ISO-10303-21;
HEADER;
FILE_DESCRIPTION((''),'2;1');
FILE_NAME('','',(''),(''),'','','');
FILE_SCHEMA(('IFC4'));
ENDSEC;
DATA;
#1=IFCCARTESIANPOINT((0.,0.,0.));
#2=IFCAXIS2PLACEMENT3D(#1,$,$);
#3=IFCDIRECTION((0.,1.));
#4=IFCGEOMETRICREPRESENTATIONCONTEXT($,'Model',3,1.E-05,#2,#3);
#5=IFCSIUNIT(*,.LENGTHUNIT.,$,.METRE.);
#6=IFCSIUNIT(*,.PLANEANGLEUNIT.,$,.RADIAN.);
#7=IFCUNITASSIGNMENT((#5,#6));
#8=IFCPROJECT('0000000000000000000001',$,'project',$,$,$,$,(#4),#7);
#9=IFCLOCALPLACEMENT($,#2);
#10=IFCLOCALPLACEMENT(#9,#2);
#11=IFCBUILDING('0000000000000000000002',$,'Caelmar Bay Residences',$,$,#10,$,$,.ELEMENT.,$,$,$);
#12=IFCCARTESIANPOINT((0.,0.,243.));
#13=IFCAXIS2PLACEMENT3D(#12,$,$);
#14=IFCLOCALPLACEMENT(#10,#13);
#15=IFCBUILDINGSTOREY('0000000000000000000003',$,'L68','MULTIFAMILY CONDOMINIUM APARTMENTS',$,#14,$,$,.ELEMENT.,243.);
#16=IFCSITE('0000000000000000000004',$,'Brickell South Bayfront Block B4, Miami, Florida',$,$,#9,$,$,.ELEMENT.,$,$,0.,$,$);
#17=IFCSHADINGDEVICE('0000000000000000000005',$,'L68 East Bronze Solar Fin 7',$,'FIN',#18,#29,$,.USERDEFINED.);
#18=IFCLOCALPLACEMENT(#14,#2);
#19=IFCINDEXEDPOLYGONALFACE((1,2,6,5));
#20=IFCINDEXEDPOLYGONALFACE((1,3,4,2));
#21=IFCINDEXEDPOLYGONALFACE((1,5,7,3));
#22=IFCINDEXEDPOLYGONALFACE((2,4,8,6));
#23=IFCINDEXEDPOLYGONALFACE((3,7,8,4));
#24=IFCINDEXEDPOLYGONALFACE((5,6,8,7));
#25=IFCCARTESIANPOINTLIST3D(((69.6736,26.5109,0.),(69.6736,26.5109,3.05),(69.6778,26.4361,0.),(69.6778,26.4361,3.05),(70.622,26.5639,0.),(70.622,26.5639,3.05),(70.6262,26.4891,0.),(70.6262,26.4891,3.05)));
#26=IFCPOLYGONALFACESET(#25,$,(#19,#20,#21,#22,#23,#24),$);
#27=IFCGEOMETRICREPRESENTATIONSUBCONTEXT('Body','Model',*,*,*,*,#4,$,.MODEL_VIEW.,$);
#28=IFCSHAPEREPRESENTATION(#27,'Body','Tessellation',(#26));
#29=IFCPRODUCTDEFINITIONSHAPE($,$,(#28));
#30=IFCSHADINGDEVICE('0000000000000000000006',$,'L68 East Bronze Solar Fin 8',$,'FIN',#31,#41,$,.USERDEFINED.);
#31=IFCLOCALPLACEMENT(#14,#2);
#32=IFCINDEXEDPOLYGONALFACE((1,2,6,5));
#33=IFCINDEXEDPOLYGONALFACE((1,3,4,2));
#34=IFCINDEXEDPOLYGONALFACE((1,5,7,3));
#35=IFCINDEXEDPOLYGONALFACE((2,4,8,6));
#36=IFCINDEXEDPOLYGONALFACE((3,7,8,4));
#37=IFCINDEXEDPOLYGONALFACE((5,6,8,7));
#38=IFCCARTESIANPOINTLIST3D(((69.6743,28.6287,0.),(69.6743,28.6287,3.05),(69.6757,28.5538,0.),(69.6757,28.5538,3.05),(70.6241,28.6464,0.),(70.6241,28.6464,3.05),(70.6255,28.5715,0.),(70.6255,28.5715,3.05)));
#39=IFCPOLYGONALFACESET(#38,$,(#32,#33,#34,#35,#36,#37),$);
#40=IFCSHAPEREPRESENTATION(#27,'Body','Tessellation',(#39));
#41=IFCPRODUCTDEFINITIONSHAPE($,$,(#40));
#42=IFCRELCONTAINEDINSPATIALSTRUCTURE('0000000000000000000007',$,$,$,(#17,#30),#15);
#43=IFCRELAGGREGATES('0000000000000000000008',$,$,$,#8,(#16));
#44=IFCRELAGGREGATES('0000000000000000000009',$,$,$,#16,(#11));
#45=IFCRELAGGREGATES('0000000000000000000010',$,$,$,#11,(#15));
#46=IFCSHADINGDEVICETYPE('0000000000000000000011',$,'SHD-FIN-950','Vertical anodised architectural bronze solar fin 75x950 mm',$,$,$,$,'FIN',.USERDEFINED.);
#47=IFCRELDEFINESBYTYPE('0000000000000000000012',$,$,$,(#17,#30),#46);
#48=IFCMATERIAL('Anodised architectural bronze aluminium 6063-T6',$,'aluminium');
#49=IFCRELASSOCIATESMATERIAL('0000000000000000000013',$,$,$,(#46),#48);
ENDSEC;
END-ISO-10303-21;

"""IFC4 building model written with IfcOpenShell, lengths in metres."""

from ifc_helpers import new_model, si_unit, direction, frame, origin, origin_2d, place, context, subcontext, project, spatial, rectangle, extrude, material, material_profile, profile_set, type_object, element, save


model = new_model("IFC4")

# Units and contexts
model_context = context("Model", 3, precision=1e-05, world=origin(), true_north=direction((0.0, 1.0)))
body_context = subcontext(model_context, "Body", "Model", "MODEL_VIEW")
ifc_project = project(units=[si_unit("LENGTHUNIT", "METRE"), si_unit("PLANEANGLEUNIT", "RADIAN")], contexts=[model_context])

# Site, building, storey
site_placement = place(None, origin())
site = spatial("IfcSite", under=ifc_project, at=site_placement, Name="Brickell South Bayfront Block B4, Miami, Florida", CompositionType="ELEMENT", RefElevation=0.0)
building_placement = place(site_placement, origin())
building = spatial("IfcBuilding", under=site, at=building_placement, Name="Caelmar Bay Residences", CompositionType="ELEMENT")
storey_placement = place(building_placement, frame((0.0, 0.0, 243.0)))
storey = spatial("IfcBuildingStorey", under=building, at=storey_placement, Name="L68", Description="MULTIFAMILY CONDOMINIUM APARTMENTS", CompositionType="ELEMENT", Elevation=243.0)

# Shading devices
ifc_material_1 = material(Name="Anodised architectural bronze aluminium 6063-T6", Category="aluminium")
ifc_material_profile_1 = material_profile(ifc_material_1, rectangle(XDim=0.075, YDim=0.95, at=origin_2d()), Name="BRONZE-FIN-75X950")
ifc_profile_set_1 = profile_set([ifc_material_profile_1], Name="Anodised architectural bronze aluminium 6063-T6")
shading_device_type = type_object("IfcShadingDeviceType", Name="SHD-FIN-950", Description="Vertical anodised architectural bronze solar fin 75x950 mm", ElementType="FIN", PredefinedType="USERDEFINED", material=ifc_profile_set_1)
for number, where, z_axis, x_axis, name in (
    (1, (70.1499, 26.5, 0.0), (0.0, 0.0, 1.0), (-0.055822, 0.998441, 0.0), "L68 East Bronze Solar Fin 7"),
    (2, (70.1499, 28.6001, 0.0), (0.0, 0.0, 1.0), (-0.018674, 0.999826, 0.0), "L68 East Bronze Solar Fin 8"),
):
    element("IfcShadingDevice", number, at=place(storey_placement, frame(where, z_axis=z_axis, x_axis=x_axis)), inside=storey, type_object=shading_device_type, Name=name, ObjectType="FIN", PredefinedType="USERDEFINED", context=body_context, shape_type="SweptSolid", body=[
        extrude(rectangle(XDim=0.075, YDim=0.95, at=origin_2d()), origin(), (0.0, 0.0, 1.0), 3.05),
    ])

save(model, "model.ifc")
